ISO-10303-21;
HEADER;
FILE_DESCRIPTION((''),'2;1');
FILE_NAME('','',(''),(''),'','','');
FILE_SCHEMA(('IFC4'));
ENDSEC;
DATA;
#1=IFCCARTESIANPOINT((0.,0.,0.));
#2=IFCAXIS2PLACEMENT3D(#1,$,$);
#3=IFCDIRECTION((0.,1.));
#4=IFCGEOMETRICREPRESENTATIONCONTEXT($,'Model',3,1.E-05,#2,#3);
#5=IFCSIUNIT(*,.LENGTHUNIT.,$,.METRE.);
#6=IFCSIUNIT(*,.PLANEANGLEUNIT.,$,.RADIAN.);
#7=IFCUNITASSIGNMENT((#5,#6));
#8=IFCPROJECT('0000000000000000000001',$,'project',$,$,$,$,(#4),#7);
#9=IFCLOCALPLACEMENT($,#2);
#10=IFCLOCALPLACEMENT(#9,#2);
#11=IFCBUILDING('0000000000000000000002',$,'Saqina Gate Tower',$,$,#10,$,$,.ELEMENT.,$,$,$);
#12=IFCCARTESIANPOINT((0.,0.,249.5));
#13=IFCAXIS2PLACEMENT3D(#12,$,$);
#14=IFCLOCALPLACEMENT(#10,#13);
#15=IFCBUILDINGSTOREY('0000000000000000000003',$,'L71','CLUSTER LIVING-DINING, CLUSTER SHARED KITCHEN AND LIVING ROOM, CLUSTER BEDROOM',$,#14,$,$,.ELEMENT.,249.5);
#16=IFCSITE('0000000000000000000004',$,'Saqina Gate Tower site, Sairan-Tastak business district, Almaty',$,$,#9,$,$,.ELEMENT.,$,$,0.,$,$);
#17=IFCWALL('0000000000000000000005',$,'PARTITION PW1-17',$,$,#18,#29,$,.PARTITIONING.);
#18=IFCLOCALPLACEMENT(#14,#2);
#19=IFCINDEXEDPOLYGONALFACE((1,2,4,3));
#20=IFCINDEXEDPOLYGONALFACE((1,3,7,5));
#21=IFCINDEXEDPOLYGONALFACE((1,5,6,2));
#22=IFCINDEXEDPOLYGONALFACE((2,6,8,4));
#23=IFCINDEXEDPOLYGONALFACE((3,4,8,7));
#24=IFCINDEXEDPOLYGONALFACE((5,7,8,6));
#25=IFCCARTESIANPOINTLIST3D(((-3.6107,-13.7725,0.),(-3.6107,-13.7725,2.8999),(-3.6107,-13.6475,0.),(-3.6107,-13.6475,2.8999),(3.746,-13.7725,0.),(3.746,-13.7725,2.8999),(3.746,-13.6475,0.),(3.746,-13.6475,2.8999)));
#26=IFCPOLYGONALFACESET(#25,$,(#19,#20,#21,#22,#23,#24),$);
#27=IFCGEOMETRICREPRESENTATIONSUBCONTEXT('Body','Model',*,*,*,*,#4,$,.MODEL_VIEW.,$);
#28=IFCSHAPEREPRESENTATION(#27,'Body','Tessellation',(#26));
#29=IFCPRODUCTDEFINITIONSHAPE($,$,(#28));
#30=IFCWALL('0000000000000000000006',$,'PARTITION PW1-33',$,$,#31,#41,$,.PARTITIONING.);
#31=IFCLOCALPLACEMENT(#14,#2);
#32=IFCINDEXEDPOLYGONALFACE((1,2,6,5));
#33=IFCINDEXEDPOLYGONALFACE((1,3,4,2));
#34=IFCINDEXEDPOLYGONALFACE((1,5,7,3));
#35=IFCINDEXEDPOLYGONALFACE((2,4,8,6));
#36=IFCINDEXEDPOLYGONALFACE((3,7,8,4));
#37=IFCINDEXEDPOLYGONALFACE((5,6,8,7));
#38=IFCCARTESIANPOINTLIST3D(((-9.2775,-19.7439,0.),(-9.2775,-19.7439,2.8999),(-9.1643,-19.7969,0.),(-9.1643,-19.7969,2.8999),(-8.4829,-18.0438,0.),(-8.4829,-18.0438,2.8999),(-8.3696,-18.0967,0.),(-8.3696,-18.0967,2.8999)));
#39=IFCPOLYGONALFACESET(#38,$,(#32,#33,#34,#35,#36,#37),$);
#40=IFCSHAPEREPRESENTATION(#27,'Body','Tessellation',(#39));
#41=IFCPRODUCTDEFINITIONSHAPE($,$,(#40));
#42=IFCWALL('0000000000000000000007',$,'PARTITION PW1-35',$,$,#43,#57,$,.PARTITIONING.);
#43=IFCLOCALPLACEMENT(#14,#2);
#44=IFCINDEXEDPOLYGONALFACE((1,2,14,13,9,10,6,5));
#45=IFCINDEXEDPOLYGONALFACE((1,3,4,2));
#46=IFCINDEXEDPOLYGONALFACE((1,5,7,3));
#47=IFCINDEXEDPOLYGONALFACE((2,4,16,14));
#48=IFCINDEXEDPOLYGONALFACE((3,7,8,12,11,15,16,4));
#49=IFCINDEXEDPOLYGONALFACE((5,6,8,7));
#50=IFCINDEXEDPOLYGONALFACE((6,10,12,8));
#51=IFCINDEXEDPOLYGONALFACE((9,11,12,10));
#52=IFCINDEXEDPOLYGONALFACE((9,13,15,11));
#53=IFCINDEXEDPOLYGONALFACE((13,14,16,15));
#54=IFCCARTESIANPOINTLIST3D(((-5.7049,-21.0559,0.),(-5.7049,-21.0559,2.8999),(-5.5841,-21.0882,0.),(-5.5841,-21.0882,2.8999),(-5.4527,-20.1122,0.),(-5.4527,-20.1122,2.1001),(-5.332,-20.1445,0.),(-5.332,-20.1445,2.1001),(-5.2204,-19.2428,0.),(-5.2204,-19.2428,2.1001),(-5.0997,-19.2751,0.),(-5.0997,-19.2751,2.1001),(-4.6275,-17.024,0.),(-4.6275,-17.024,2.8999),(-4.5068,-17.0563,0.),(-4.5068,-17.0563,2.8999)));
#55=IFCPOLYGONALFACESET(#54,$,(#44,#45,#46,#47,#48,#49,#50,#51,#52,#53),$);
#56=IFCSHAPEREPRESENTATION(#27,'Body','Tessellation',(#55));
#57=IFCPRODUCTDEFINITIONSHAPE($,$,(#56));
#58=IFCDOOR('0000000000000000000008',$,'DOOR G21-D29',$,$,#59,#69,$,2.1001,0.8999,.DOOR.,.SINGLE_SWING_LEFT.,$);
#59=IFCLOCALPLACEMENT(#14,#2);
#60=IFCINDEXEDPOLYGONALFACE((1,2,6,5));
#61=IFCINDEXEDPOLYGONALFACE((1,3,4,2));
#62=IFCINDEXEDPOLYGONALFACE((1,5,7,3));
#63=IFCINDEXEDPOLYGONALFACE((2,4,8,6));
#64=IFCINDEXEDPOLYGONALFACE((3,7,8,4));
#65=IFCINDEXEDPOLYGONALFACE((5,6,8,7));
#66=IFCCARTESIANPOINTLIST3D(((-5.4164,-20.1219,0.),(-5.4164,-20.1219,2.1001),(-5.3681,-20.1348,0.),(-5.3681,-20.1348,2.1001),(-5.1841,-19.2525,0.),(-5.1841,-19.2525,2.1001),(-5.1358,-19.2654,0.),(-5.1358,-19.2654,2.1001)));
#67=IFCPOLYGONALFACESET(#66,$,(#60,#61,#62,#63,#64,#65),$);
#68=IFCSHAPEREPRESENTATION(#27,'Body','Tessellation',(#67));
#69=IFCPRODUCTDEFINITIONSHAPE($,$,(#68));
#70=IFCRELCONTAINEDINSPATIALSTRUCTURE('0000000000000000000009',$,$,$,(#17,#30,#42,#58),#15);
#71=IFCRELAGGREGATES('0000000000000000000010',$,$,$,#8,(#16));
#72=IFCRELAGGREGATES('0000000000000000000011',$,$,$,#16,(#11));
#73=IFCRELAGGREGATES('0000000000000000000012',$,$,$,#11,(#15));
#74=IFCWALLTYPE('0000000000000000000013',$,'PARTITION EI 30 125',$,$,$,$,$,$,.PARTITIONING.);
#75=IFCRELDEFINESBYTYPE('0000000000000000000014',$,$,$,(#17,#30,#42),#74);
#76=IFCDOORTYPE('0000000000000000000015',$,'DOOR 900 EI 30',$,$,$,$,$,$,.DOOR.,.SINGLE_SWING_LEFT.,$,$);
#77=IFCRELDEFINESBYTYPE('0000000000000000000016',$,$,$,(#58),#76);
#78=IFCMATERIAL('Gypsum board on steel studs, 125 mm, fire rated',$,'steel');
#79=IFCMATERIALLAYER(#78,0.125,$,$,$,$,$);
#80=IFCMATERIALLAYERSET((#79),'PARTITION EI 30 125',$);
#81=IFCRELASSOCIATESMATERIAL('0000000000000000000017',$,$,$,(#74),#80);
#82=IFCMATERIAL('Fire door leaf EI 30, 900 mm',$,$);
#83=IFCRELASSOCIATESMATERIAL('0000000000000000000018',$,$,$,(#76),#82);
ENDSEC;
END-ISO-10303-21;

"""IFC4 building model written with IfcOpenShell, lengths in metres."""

from ifc_helpers import new_model, si_unit, direction, frame, frame_2d, origin, place, context, subcontext, project, spatial, rectangle, extrude, material, layer, layer_set, type_object, element, fill, save


model = new_model("IFC4")

# Units and contexts
model_context = context("Model", 3, precision=1e-05, world=origin(), true_north=direction((0.0, 1.0)))
body_context = subcontext(model_context, "Body", "Model", "MODEL_VIEW")
ifc_project = project(units=[si_unit("LENGTHUNIT", "METRE"), si_unit("PLANEANGLEUNIT", "RADIAN")], contexts=[model_context])

# Site, building, storey
site_placement = place(None, origin())
site = spatial("IfcSite", under=ifc_project, at=site_placement, Name="Saqina Gate Tower site, Sairan-Tastak business district, Almaty", CompositionType="ELEMENT", RefElevation=0.0)
building_placement = place(site_placement, origin())
building = spatial("IfcBuilding", under=site, at=building_placement, Name="Saqina Gate Tower", CompositionType="ELEMENT")
storey_placement = place(building_placement, frame((0.0, 0.0, 249.5)))
storey = spatial("IfcBuildingStorey", under=building, at=storey_placement, Name="L71", Description="CLUSTER LIVING-DINING, CLUSTER SHARED KITCHEN AND LIVING ROOM, CLUSTER BEDROOM", CompositionType="ELEMENT", Elevation=249.5)

# Shared definitions
ifc_material_1 = material(Name="Gypsum board on steel studs, 125 mm, fire rated", Category="steel")
ifc_layer_1 = layer(ifc_material_1, 0.125)
ifc_layer_set_1 = layer_set([ifc_layer_1], Name="PARTITION EI 30 125")
wall_type_1 = type_object("IfcWallType", Name="PARTITION EI 30 125", PredefinedType="PARTITIONING", material=ifc_layer_set_1)

# Shared definitions
ifc_material_2 = material(Name="Fire door leaf EI 30, 900 mm")
door_type_1 = type_object("IfcDoorType", Name="DOOR 900 EI 30", OperationType="SINGLE_SWING_LEFT", PredefinedType="DOOR", material=ifc_material_2)

# Walls
wall_1_placement = place(storey_placement, frame((-3.6106, -13.71, 0.0), z_axis=(0.0, 0.0, 1.0), x_axis=(1.0, 0.0, 0.0)))
element("IfcWall", 1, at=wall_1_placement, inside=storey, type_object=wall_type_1, Name="PARTITION PW1-17", PredefinedType="PARTITIONING", context=body_context, shape_type="SweptSolid", body=[
    extrude(rectangle(XDim=7.3567, YDim=0.125, at=frame_2d((3.6782, 0.0))), origin(), (0.0, 0.0, 1.0), 2.8999),
])
wall_2_placement = place(storey_placement, frame((-9.2209, -19.7705, 0.0), z_axis=(0.0, 0.0, 1.0), x_axis=(0.423434, 0.905927, 0.0)))
element("IfcWall", 2, at=wall_2_placement, inside=storey, type_object=wall_type_1, Name="PARTITION PW1-33", PredefinedType="PARTITIONING", context=body_context, shape_type="SweptSolid", body=[
    extrude(rectangle(XDim=1.8767, YDim=0.125, at=frame_2d((0.9385, 0.0))), origin(), (0.0, 0.0, 1.0), 2.8999),
])

# Wall, opening, door
wall_3_placement = place(storey_placement, frame((-5.6445, -21.072, 0.0), z_axis=(0.0, 0.0, 1.0), x_axis=(0.258154, 0.966104, 0.0)))
wall_3 = element("IfcWall", 3, at=wall_3_placement, inside=storey, type_object=wall_type_1, Name="PARTITION PW1-35", PredefinedType="PARTITIONING", context=body_context, shape_type="SweptSolid", body=[
    extrude(rectangle(XDim=4.1733, YDim=0.125, at=frame_2d((2.0867, 0.0))), origin(), (0.0, 0.0, 1.0), 2.8999),
])
opening_1_placement = place(wall_3_placement, frame((0.9768, 0.0, 0.0)))
opening_1 = element("IfcOpeningElement", 4, at=opening_1_placement, cuts=wall_3, PredefinedType="OPENING", context=body_context, shape_type="SweptSolid", body=[
    extrude(rectangle(XDim=0.8999, YDim=2.1001, at=frame_2d((0.45, 1.05))), frame((0.0, 0.0745, 0.0), z_axis=(0.0, -1.0, 0.0), x_axis=(1.0, 0.0, 0.0)), (0.0, 0.0, 1.0), 0.1489),
])
door_1_placement = place(opening_1_placement, origin())
door_1 = element("IfcDoor", 5, at=door_1_placement, inside=storey, type_object=door_type_1, Name="DOOR G21-D29", OperationType="SINGLE_SWING_LEFT", OverallHeight=2.1001, OverallWidth=0.8999, PredefinedType="DOOR", context=body_context, shape_type="SweptSolid", body=[
    extrude(rectangle(XDim=0.8999, YDim=2.1001, at=frame_2d((0.45, 1.05))), frame((0.0, 0.0249, 0.0), z_axis=(0.0, -1.0, 0.0), x_axis=(1.0, 0.0, 0.0)), (0.0, 0.0, 1.0), 0.05),
])
fill(opening_1, door_1)

save(model, "model.ifc")
